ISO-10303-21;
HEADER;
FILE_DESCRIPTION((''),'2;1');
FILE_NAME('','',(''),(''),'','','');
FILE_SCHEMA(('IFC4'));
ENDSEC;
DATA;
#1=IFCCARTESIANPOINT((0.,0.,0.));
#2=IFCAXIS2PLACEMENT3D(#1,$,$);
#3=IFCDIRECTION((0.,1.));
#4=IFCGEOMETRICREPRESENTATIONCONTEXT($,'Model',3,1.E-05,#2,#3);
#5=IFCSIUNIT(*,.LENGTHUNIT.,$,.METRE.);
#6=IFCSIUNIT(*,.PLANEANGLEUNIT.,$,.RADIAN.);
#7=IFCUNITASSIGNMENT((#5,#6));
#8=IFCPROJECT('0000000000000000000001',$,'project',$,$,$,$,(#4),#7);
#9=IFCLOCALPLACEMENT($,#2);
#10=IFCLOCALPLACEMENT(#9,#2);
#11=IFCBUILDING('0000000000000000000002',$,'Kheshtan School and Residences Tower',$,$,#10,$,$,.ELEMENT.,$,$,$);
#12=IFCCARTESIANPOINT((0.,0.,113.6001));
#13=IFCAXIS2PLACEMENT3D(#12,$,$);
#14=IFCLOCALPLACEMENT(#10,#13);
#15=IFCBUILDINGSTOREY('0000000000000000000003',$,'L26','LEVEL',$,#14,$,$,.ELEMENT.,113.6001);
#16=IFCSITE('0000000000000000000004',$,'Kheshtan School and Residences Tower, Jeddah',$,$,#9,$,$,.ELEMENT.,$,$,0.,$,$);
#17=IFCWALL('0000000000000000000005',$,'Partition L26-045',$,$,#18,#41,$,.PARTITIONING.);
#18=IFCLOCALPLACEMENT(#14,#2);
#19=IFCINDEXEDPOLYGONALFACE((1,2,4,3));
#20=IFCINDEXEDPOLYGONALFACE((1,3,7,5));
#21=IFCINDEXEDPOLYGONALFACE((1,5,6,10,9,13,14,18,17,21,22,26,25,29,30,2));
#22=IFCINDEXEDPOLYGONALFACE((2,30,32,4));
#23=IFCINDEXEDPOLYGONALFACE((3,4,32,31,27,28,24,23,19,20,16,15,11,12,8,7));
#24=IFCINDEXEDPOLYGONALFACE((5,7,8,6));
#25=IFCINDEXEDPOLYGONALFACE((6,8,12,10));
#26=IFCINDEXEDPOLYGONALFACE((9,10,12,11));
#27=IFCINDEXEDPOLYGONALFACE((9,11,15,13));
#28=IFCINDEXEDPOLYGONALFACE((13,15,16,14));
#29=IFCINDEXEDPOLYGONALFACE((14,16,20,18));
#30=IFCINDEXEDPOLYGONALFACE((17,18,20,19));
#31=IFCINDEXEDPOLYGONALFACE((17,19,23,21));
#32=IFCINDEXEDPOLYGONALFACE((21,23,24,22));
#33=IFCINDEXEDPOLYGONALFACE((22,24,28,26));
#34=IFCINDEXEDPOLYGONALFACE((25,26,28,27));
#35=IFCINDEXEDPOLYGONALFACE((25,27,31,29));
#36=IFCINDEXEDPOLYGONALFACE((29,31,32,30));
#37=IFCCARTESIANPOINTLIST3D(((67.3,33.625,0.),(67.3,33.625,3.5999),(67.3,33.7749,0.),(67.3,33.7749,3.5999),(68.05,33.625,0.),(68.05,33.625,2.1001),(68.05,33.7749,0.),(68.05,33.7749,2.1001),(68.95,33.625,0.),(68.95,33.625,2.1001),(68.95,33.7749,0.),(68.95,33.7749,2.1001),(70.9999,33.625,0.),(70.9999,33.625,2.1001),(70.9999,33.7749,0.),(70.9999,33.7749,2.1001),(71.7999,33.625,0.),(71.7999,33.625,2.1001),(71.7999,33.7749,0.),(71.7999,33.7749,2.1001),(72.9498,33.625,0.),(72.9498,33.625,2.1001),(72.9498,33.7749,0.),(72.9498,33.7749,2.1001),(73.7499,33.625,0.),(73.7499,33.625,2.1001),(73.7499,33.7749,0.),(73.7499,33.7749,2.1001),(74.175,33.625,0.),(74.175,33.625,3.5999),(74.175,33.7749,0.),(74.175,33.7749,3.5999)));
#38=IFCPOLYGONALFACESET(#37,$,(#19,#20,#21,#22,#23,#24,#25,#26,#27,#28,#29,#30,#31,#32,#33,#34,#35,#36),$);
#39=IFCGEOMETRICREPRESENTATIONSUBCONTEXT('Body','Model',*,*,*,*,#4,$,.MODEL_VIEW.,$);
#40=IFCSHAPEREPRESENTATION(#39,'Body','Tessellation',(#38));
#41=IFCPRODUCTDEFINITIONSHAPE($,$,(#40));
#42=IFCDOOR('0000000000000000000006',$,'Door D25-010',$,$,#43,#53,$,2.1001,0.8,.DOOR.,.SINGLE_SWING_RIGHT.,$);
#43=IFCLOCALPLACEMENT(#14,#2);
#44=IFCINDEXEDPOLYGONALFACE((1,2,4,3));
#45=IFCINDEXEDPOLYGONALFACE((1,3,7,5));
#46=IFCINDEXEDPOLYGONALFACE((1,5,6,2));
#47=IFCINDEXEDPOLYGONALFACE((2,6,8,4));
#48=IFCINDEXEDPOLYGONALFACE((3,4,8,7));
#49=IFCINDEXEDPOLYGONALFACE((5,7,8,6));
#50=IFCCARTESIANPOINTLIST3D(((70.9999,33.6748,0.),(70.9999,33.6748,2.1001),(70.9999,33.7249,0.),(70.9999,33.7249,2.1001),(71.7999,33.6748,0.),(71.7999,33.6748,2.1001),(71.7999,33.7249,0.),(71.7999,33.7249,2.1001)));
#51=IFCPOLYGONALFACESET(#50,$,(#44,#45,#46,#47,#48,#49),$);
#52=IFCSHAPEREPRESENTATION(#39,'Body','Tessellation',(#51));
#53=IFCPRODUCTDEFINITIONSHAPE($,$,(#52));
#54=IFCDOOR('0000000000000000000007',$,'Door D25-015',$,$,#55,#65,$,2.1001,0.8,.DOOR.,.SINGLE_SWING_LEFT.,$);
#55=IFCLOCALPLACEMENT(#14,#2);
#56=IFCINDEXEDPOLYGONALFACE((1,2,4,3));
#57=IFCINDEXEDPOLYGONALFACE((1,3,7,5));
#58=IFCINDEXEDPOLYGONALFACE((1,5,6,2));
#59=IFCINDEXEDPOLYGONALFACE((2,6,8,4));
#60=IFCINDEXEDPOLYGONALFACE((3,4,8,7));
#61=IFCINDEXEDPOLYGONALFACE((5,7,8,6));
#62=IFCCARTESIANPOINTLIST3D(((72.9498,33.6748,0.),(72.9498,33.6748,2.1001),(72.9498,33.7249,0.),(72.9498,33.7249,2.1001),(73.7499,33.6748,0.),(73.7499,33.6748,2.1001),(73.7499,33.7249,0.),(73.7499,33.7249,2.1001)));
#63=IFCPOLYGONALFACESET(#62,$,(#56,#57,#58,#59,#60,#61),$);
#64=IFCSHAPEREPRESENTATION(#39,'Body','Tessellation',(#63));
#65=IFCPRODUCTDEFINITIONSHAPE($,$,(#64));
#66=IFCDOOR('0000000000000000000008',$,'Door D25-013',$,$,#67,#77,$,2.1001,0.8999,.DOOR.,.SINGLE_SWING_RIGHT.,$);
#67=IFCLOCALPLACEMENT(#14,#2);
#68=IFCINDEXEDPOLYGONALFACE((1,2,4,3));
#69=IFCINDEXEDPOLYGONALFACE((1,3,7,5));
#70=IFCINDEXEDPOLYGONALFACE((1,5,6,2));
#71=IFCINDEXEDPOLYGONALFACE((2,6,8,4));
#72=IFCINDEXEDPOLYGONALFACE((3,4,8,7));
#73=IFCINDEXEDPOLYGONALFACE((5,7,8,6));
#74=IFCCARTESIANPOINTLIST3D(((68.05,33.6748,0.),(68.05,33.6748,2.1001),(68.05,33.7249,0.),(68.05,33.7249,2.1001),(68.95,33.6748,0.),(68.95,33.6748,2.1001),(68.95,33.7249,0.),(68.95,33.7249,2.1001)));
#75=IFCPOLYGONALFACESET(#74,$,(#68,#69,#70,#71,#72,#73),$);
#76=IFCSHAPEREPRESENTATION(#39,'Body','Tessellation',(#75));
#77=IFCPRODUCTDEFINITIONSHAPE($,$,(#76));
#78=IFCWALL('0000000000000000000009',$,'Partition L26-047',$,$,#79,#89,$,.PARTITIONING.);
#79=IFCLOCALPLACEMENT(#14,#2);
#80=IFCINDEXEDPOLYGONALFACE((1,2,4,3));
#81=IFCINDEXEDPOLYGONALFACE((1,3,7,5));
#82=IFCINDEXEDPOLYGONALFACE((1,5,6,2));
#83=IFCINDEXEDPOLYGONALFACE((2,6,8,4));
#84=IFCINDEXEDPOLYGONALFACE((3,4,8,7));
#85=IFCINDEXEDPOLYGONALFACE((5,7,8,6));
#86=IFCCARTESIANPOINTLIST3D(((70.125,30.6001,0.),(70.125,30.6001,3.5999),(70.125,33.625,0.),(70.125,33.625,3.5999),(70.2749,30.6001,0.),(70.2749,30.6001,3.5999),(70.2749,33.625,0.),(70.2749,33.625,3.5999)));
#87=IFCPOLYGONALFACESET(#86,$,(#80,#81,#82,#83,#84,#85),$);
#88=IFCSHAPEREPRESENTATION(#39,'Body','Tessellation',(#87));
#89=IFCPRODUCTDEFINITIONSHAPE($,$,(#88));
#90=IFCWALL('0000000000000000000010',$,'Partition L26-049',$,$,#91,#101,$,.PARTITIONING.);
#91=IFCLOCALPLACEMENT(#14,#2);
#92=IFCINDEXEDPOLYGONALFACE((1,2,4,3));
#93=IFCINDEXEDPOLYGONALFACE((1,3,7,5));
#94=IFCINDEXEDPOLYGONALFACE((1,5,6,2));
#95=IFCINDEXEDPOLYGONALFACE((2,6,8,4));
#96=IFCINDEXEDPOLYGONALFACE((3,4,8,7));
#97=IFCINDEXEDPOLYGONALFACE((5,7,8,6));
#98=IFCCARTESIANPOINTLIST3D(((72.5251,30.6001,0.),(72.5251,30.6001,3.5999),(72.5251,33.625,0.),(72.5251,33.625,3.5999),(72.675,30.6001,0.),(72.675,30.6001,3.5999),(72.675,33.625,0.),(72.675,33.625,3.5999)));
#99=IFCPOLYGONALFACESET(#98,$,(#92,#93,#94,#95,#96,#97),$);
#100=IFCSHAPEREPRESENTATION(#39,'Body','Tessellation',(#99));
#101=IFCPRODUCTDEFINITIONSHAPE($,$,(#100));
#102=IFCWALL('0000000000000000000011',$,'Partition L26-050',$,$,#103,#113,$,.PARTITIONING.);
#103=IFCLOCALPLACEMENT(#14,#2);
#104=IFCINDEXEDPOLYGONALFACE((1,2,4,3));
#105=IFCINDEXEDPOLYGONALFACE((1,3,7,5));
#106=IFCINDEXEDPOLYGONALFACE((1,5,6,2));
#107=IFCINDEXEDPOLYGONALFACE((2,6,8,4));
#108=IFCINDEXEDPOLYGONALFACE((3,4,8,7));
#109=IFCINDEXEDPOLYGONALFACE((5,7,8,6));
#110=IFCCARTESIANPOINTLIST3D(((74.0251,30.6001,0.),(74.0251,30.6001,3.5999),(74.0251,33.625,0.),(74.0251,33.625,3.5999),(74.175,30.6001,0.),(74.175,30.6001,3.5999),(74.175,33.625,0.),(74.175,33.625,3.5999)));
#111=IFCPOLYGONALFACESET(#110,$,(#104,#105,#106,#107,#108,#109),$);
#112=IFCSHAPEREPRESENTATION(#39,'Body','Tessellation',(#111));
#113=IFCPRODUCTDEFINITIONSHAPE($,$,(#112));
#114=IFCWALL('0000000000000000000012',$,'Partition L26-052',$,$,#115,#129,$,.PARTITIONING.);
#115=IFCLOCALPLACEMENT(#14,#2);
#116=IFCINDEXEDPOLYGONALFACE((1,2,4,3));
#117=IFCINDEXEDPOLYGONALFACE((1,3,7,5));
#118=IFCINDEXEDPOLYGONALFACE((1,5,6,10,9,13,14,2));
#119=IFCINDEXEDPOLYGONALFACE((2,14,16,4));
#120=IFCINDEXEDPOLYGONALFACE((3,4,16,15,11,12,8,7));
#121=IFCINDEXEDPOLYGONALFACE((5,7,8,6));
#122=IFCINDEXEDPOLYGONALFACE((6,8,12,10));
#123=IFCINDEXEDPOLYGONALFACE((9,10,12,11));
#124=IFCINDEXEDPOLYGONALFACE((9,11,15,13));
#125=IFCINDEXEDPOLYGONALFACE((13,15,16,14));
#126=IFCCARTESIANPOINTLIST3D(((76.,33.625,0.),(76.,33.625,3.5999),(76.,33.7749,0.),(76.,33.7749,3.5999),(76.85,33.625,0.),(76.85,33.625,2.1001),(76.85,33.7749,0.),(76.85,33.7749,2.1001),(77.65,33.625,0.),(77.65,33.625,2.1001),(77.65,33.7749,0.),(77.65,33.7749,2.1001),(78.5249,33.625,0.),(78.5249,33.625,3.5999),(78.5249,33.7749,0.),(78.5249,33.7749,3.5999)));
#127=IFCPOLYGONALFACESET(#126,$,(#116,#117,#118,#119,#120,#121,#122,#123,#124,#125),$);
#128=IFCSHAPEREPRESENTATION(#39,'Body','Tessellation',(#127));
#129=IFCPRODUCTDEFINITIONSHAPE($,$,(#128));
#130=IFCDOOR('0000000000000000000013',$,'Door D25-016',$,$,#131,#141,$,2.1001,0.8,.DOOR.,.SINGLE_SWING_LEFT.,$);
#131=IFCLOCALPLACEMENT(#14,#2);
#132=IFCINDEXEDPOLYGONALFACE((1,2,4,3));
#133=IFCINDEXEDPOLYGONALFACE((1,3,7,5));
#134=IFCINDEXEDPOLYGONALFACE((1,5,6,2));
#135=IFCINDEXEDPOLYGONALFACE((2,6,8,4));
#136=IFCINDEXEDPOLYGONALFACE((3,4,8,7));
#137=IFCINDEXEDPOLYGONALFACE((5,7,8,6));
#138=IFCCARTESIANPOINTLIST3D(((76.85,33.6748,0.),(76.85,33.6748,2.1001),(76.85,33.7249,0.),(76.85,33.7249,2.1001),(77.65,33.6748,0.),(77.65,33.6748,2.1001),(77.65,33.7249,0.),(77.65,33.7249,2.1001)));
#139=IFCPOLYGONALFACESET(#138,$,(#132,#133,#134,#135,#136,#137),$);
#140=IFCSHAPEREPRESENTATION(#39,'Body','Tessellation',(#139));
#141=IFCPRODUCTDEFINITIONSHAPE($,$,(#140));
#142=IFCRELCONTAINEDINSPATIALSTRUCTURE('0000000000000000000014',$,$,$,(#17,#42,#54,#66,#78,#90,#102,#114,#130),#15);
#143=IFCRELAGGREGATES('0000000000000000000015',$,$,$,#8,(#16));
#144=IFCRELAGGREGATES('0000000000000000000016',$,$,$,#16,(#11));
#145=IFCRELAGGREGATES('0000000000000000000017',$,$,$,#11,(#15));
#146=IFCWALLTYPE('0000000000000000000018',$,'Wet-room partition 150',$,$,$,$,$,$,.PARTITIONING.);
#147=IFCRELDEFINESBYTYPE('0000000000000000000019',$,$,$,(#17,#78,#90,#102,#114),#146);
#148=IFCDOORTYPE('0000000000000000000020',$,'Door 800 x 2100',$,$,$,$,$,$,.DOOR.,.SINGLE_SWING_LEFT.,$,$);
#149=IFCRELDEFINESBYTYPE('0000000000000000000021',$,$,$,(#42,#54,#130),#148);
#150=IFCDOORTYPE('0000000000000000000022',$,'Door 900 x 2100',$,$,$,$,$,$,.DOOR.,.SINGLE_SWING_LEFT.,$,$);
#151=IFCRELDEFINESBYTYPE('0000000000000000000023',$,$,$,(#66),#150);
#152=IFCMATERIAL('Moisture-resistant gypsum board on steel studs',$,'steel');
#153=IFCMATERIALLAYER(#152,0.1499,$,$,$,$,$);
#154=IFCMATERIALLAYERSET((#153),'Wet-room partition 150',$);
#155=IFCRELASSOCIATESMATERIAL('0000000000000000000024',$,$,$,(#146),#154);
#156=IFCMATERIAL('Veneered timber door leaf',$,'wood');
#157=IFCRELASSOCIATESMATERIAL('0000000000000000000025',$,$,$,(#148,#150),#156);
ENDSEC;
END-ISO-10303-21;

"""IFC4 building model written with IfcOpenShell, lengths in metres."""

from ifc_helpers import new_model, si_unit, direction, frame, frame_2d, origin, place, context, subcontext, project, spatial, rectangle, extrude, source, transform, mapped, material, layer, layer_set, type_object, element, fill, save


model = new_model("IFC4")

# Units and contexts
model_context = context("Model", 3, precision=1e-05, world=origin(), true_north=direction((0.0, 1.0)))
body_context = subcontext(model_context, "Body", "Model", "MODEL_VIEW")
ifc_project = project(units=[si_unit("LENGTHUNIT", "METRE"), si_unit("PLANEANGLEUNIT", "RADIAN")], contexts=[model_context])

# Site, building, storey
site_placement = place(None, origin())
site = spatial("IfcSite", under=ifc_project, at=site_placement, Name="Kheshtan School and Residences Tower, Jeddah", CompositionType="ELEMENT", RefElevation=0.0)
building_placement = place(site_placement, origin())
building = spatial("IfcBuilding", under=site, at=building_placement, Name="Kheshtan School and Residences Tower", CompositionType="ELEMENT")
storey_placement = place(building_placement, frame((0.0, 0.0, 113.6001)))
storey = spatial("IfcBuildingStorey", under=building, at=storey_placement, Name="L26", Description="LEVEL", CompositionType="ELEMENT", Elevation=113.6001)

# Shared definitions
ifc_material_1 = material(Name="Moisture-resistant gypsum board on steel studs", Category="steel")
ifc_layer_1 = layer(ifc_material_1, 0.1499)
ifc_layer_set_1 = layer_set([ifc_layer_1], Name="Wet-room partition 150")
wall_type_1 = type_object("IfcWallType", Name="Wet-room partition 150", PredefinedType="PARTITIONING", material=ifc_layer_set_1)

# Wall, openings, doors
wall_1_placement = place(storey_placement, frame((67.3, 33.7, 0.0), z_axis=(0.0, 0.0, 1.0), x_axis=(1.0, 0.0, 0.0)))
wall_1 = element("IfcWall", 1, at=wall_1_placement, inside=storey, type_object=wall_type_1, Name="Partition L26-045", PredefinedType="PARTITIONING", context=body_context, shape_type="SweptSolid", body=[
    extrude(rectangle(XDim=6.875, YDim=0.1499, at=frame_2d((3.4375, 0.0))), origin(), (0.0, 0.0, 1.0), 3.5999),
])
opening_1_placement = place(wall_1_placement, frame((3.7, 0.0, 0.0)))
opening_1 = element("IfcOpeningElement", 2, at=opening_1_placement, cuts=wall_1, PredefinedType="OPENING", context=body_context, shape_type="SweptSolid", body=[
    extrude(rectangle(XDim=0.8, YDim=2.1001, at=frame_2d((0.3999, 1.05))), frame((0.0, 0.085, 0.0), z_axis=(0.0, -1.0, 0.0), x_axis=(1.0, 0.0, 0.0)), (0.0, 0.0, 1.0), 0.1699),
])
opening_2_placement = place(wall_1_placement, frame((0.75, 0.0, 0.0)))
opening_2 = element("IfcOpeningElement", 3, at=opening_2_placement, cuts=wall_1, PredefinedType="OPENING", context=body_context, shape_type="SweptSolid", body=[
    extrude(rectangle(XDim=0.8999, YDim=2.1001, at=frame_2d((0.45, 1.05))), frame((0.0, 0.085, 0.0), z_axis=(0.0, -1.0, 0.0), x_axis=(1.0, 0.0, 0.0)), (0.0, 0.0, 1.0), 0.1699),
])
opening_3_placement = place(wall_1_placement, frame((5.6499, 0.0, 0.0)))
opening_3 = element("IfcOpeningElement", 4, at=opening_3_placement, cuts=wall_1, PredefinedType="OPENING", context=body_context, shape_type="SweptSolid", body=[
    extrude(rectangle(XDim=0.8, YDim=2.1001, at=frame_2d((0.3999, 1.05))), frame((0.0, 0.085, 0.0), z_axis=(0.0, -1.0, 0.0), x_axis=(1.0, 0.0, 0.0)), (0.0, 0.0, 1.0), 0.1699),
])
ifc_material_2 = material(Name="Veneered timber door leaf", Category="wood")
door_type_1 = type_object("IfcDoorType", Name="Door 800 x 2100", OperationType="SINGLE_SWING_LEFT", PredefinedType="DOOR", material=ifc_material_2)
shared_shape_1 = source(origin(), body_context, "Body", "SweptSolid", [
    extrude(rectangle(XDim=0.8, YDim=2.1001, at=frame_2d((0.3999, 1.05))), frame((0.0, 0.0249, 0.0), z_axis=(0.0, -1.0, 0.0), x_axis=(1.0, 0.0, 0.0)), (0.0, 0.0, 1.0), 0.05),
])
door_1_placement = place(opening_1_placement, origin())
door_1 = element("IfcDoor", 5, at=door_1_placement, inside=storey, type_object=door_type_1, Name="Door D25-010", OperationType="SINGLE_SWING_RIGHT", OverallHeight=2.1001, OverallWidth=0.8, PredefinedType="DOOR", context=body_context, shape_type="MappedRepresentation", body=[
    mapped(shared_shape_1, transform((0.0, 0.0, 0.0), x_axis=(1.0, 0.0, 0.0), y_axis=(0.0, 1.0, 0.0), z_axis=(0.0, 0.0, 1.0), scale=1.0)),
])
fill(opening_1, door_1)
door_2_placement = place(opening_3_placement, origin())
door_2 = element("IfcDoor", 6, at=door_2_placement, inside=storey, type_object=door_type_1, Name="Door D25-015", OperationType="SINGLE_SWING_LEFT", OverallHeight=2.1001, OverallWidth=0.8, PredefinedType="DOOR", context=body_context, shape_type="MappedRepresentation", body=[
    mapped(shared_shape_1, transform((0.0, 0.0, 0.0), x_axis=(1.0, 0.0, 0.0), y_axis=(0.0, 1.0, 0.0), z_axis=(0.0, 0.0, 1.0), scale=1.0)),
])
fill(opening_3, door_2)
door_type_2 = type_object("IfcDoorType", Name="Door 900 x 2100", OperationType="SINGLE_SWING_LEFT", PredefinedType="DOOR", material=ifc_material_2)
shared_shape_2 = source(origin(), body_context, "Body", "SweptSolid", [
    extrude(rectangle(XDim=0.8999, YDim=2.1001, at=frame_2d((0.45, 1.05))), frame((0.0, 0.0249, 0.0), z_axis=(0.0, -1.0, 0.0), x_axis=(1.0, 0.0, 0.0)), (0.0, 0.0, 1.0), 0.05),
])
door_3_placement = place(opening_2_placement, origin())
door_3 = element("IfcDoor", 7, at=door_3_placement, inside=storey, type_object=door_type_2, Name="Door D25-013", OperationType="SINGLE_SWING_RIGHT", OverallHeight=2.1001, OverallWidth=0.8999, PredefinedType="DOOR", context=body_context, shape_type="MappedRepresentation", body=[
    mapped(shared_shape_2, transform((0.0, 0.0, 0.0), x_axis=(1.0, 0.0, 0.0), y_axis=(0.0, 1.0, 0.0), z_axis=(0.0, 0.0, 1.0), scale=1.0)),
])
fill(opening_2, door_3)

# Walls
for number, where, z_axis, x_axis, name in (
    (8, (70.2, 30.6001, 0.0), (0.0, 0.0, 1.0), (0.0, 1.0, 0.0), "Partition L26-047"),
    (9, (72.6001, 30.6001, 0.0), (0.0, 0.0, 1.0), (0.0, 1.0, 0.0), "Partition L26-049"),
    (10, (74.1001, 30.6001, 0.0), (0.0, 0.0, 1.0), (0.0, 1.0, 0.0), "Partition L26-050"),
):
    element("IfcWall", number, at=place(storey_placement, frame(where, z_axis=z_axis, x_axis=x_axis)), inside=storey, type_object=wall_type_1, Name=name, PredefinedType="PARTITIONING", context=body_context, shape_type="SweptSolid", body=[
        extrude(rectangle(XDim=3.0249, YDim=0.1499, at=frame_2d((1.5125, 0.0))), origin(), (0.0, 0.0, 1.0), 3.5999),
    ])

# Wall, opening, door
wall_2_placement = place(storey_placement, frame((76.0, 33.7, 0.0), z_axis=(0.0, 0.0, 1.0), x_axis=(1.0, 0.0, 0.0)))
wall_2 = element("IfcWall", 11, at=wall_2_placement, inside=storey, type_object=wall_type_1, Name="Partition L26-052", PredefinedType="PARTITIONING", context=body_context, shape_type="SweptSolid", body=[
    extrude(rectangle(XDim=2.5249, YDim=0.1499, at=frame_2d((1.2625, 0.0))), origin(), (0.0, 0.0, 1.0), 3.5999),
])
opening_4_placement = place(wall_2_placement, frame((0.8501, 0.0, 0.0)))
opening_4 = element("IfcOpeningElement", 12, at=opening_4_placement, cuts=wall_2, PredefinedType="OPENING", context=body_context, shape_type="SweptSolid", body=[
    extrude(rectangle(XDim=0.8, YDim=2.1001, at=frame_2d((0.3999, 1.05))), frame((0.0, 0.085, 0.0), z_axis=(0.0, -1.0, 0.0), x_axis=(1.0, 0.0, 0.0)), (0.0, 0.0, 1.0), 0.1699),
])
door_4_placement = place(opening_4_placement, origin())
door_4 = element("IfcDoor", 13, at=door_4_placement, inside=storey, type_object=door_type_1, Name="Door D25-016", OperationType="SINGLE_SWING_LEFT", OverallHeight=2.1001, OverallWidth=0.8, PredefinedType="DOOR", context=body_context, shape_type="MappedRepresentation", body=[
    mapped(shared_shape_1, transform((0.0, 0.0, 0.0), x_axis=(1.0, 0.0, 0.0), y_axis=(0.0, 1.0, 0.0), z_axis=(0.0, 0.0, 1.0), scale=1.0)),
])
fill(opening_4, door_4)

save(model, "model.ifc")
